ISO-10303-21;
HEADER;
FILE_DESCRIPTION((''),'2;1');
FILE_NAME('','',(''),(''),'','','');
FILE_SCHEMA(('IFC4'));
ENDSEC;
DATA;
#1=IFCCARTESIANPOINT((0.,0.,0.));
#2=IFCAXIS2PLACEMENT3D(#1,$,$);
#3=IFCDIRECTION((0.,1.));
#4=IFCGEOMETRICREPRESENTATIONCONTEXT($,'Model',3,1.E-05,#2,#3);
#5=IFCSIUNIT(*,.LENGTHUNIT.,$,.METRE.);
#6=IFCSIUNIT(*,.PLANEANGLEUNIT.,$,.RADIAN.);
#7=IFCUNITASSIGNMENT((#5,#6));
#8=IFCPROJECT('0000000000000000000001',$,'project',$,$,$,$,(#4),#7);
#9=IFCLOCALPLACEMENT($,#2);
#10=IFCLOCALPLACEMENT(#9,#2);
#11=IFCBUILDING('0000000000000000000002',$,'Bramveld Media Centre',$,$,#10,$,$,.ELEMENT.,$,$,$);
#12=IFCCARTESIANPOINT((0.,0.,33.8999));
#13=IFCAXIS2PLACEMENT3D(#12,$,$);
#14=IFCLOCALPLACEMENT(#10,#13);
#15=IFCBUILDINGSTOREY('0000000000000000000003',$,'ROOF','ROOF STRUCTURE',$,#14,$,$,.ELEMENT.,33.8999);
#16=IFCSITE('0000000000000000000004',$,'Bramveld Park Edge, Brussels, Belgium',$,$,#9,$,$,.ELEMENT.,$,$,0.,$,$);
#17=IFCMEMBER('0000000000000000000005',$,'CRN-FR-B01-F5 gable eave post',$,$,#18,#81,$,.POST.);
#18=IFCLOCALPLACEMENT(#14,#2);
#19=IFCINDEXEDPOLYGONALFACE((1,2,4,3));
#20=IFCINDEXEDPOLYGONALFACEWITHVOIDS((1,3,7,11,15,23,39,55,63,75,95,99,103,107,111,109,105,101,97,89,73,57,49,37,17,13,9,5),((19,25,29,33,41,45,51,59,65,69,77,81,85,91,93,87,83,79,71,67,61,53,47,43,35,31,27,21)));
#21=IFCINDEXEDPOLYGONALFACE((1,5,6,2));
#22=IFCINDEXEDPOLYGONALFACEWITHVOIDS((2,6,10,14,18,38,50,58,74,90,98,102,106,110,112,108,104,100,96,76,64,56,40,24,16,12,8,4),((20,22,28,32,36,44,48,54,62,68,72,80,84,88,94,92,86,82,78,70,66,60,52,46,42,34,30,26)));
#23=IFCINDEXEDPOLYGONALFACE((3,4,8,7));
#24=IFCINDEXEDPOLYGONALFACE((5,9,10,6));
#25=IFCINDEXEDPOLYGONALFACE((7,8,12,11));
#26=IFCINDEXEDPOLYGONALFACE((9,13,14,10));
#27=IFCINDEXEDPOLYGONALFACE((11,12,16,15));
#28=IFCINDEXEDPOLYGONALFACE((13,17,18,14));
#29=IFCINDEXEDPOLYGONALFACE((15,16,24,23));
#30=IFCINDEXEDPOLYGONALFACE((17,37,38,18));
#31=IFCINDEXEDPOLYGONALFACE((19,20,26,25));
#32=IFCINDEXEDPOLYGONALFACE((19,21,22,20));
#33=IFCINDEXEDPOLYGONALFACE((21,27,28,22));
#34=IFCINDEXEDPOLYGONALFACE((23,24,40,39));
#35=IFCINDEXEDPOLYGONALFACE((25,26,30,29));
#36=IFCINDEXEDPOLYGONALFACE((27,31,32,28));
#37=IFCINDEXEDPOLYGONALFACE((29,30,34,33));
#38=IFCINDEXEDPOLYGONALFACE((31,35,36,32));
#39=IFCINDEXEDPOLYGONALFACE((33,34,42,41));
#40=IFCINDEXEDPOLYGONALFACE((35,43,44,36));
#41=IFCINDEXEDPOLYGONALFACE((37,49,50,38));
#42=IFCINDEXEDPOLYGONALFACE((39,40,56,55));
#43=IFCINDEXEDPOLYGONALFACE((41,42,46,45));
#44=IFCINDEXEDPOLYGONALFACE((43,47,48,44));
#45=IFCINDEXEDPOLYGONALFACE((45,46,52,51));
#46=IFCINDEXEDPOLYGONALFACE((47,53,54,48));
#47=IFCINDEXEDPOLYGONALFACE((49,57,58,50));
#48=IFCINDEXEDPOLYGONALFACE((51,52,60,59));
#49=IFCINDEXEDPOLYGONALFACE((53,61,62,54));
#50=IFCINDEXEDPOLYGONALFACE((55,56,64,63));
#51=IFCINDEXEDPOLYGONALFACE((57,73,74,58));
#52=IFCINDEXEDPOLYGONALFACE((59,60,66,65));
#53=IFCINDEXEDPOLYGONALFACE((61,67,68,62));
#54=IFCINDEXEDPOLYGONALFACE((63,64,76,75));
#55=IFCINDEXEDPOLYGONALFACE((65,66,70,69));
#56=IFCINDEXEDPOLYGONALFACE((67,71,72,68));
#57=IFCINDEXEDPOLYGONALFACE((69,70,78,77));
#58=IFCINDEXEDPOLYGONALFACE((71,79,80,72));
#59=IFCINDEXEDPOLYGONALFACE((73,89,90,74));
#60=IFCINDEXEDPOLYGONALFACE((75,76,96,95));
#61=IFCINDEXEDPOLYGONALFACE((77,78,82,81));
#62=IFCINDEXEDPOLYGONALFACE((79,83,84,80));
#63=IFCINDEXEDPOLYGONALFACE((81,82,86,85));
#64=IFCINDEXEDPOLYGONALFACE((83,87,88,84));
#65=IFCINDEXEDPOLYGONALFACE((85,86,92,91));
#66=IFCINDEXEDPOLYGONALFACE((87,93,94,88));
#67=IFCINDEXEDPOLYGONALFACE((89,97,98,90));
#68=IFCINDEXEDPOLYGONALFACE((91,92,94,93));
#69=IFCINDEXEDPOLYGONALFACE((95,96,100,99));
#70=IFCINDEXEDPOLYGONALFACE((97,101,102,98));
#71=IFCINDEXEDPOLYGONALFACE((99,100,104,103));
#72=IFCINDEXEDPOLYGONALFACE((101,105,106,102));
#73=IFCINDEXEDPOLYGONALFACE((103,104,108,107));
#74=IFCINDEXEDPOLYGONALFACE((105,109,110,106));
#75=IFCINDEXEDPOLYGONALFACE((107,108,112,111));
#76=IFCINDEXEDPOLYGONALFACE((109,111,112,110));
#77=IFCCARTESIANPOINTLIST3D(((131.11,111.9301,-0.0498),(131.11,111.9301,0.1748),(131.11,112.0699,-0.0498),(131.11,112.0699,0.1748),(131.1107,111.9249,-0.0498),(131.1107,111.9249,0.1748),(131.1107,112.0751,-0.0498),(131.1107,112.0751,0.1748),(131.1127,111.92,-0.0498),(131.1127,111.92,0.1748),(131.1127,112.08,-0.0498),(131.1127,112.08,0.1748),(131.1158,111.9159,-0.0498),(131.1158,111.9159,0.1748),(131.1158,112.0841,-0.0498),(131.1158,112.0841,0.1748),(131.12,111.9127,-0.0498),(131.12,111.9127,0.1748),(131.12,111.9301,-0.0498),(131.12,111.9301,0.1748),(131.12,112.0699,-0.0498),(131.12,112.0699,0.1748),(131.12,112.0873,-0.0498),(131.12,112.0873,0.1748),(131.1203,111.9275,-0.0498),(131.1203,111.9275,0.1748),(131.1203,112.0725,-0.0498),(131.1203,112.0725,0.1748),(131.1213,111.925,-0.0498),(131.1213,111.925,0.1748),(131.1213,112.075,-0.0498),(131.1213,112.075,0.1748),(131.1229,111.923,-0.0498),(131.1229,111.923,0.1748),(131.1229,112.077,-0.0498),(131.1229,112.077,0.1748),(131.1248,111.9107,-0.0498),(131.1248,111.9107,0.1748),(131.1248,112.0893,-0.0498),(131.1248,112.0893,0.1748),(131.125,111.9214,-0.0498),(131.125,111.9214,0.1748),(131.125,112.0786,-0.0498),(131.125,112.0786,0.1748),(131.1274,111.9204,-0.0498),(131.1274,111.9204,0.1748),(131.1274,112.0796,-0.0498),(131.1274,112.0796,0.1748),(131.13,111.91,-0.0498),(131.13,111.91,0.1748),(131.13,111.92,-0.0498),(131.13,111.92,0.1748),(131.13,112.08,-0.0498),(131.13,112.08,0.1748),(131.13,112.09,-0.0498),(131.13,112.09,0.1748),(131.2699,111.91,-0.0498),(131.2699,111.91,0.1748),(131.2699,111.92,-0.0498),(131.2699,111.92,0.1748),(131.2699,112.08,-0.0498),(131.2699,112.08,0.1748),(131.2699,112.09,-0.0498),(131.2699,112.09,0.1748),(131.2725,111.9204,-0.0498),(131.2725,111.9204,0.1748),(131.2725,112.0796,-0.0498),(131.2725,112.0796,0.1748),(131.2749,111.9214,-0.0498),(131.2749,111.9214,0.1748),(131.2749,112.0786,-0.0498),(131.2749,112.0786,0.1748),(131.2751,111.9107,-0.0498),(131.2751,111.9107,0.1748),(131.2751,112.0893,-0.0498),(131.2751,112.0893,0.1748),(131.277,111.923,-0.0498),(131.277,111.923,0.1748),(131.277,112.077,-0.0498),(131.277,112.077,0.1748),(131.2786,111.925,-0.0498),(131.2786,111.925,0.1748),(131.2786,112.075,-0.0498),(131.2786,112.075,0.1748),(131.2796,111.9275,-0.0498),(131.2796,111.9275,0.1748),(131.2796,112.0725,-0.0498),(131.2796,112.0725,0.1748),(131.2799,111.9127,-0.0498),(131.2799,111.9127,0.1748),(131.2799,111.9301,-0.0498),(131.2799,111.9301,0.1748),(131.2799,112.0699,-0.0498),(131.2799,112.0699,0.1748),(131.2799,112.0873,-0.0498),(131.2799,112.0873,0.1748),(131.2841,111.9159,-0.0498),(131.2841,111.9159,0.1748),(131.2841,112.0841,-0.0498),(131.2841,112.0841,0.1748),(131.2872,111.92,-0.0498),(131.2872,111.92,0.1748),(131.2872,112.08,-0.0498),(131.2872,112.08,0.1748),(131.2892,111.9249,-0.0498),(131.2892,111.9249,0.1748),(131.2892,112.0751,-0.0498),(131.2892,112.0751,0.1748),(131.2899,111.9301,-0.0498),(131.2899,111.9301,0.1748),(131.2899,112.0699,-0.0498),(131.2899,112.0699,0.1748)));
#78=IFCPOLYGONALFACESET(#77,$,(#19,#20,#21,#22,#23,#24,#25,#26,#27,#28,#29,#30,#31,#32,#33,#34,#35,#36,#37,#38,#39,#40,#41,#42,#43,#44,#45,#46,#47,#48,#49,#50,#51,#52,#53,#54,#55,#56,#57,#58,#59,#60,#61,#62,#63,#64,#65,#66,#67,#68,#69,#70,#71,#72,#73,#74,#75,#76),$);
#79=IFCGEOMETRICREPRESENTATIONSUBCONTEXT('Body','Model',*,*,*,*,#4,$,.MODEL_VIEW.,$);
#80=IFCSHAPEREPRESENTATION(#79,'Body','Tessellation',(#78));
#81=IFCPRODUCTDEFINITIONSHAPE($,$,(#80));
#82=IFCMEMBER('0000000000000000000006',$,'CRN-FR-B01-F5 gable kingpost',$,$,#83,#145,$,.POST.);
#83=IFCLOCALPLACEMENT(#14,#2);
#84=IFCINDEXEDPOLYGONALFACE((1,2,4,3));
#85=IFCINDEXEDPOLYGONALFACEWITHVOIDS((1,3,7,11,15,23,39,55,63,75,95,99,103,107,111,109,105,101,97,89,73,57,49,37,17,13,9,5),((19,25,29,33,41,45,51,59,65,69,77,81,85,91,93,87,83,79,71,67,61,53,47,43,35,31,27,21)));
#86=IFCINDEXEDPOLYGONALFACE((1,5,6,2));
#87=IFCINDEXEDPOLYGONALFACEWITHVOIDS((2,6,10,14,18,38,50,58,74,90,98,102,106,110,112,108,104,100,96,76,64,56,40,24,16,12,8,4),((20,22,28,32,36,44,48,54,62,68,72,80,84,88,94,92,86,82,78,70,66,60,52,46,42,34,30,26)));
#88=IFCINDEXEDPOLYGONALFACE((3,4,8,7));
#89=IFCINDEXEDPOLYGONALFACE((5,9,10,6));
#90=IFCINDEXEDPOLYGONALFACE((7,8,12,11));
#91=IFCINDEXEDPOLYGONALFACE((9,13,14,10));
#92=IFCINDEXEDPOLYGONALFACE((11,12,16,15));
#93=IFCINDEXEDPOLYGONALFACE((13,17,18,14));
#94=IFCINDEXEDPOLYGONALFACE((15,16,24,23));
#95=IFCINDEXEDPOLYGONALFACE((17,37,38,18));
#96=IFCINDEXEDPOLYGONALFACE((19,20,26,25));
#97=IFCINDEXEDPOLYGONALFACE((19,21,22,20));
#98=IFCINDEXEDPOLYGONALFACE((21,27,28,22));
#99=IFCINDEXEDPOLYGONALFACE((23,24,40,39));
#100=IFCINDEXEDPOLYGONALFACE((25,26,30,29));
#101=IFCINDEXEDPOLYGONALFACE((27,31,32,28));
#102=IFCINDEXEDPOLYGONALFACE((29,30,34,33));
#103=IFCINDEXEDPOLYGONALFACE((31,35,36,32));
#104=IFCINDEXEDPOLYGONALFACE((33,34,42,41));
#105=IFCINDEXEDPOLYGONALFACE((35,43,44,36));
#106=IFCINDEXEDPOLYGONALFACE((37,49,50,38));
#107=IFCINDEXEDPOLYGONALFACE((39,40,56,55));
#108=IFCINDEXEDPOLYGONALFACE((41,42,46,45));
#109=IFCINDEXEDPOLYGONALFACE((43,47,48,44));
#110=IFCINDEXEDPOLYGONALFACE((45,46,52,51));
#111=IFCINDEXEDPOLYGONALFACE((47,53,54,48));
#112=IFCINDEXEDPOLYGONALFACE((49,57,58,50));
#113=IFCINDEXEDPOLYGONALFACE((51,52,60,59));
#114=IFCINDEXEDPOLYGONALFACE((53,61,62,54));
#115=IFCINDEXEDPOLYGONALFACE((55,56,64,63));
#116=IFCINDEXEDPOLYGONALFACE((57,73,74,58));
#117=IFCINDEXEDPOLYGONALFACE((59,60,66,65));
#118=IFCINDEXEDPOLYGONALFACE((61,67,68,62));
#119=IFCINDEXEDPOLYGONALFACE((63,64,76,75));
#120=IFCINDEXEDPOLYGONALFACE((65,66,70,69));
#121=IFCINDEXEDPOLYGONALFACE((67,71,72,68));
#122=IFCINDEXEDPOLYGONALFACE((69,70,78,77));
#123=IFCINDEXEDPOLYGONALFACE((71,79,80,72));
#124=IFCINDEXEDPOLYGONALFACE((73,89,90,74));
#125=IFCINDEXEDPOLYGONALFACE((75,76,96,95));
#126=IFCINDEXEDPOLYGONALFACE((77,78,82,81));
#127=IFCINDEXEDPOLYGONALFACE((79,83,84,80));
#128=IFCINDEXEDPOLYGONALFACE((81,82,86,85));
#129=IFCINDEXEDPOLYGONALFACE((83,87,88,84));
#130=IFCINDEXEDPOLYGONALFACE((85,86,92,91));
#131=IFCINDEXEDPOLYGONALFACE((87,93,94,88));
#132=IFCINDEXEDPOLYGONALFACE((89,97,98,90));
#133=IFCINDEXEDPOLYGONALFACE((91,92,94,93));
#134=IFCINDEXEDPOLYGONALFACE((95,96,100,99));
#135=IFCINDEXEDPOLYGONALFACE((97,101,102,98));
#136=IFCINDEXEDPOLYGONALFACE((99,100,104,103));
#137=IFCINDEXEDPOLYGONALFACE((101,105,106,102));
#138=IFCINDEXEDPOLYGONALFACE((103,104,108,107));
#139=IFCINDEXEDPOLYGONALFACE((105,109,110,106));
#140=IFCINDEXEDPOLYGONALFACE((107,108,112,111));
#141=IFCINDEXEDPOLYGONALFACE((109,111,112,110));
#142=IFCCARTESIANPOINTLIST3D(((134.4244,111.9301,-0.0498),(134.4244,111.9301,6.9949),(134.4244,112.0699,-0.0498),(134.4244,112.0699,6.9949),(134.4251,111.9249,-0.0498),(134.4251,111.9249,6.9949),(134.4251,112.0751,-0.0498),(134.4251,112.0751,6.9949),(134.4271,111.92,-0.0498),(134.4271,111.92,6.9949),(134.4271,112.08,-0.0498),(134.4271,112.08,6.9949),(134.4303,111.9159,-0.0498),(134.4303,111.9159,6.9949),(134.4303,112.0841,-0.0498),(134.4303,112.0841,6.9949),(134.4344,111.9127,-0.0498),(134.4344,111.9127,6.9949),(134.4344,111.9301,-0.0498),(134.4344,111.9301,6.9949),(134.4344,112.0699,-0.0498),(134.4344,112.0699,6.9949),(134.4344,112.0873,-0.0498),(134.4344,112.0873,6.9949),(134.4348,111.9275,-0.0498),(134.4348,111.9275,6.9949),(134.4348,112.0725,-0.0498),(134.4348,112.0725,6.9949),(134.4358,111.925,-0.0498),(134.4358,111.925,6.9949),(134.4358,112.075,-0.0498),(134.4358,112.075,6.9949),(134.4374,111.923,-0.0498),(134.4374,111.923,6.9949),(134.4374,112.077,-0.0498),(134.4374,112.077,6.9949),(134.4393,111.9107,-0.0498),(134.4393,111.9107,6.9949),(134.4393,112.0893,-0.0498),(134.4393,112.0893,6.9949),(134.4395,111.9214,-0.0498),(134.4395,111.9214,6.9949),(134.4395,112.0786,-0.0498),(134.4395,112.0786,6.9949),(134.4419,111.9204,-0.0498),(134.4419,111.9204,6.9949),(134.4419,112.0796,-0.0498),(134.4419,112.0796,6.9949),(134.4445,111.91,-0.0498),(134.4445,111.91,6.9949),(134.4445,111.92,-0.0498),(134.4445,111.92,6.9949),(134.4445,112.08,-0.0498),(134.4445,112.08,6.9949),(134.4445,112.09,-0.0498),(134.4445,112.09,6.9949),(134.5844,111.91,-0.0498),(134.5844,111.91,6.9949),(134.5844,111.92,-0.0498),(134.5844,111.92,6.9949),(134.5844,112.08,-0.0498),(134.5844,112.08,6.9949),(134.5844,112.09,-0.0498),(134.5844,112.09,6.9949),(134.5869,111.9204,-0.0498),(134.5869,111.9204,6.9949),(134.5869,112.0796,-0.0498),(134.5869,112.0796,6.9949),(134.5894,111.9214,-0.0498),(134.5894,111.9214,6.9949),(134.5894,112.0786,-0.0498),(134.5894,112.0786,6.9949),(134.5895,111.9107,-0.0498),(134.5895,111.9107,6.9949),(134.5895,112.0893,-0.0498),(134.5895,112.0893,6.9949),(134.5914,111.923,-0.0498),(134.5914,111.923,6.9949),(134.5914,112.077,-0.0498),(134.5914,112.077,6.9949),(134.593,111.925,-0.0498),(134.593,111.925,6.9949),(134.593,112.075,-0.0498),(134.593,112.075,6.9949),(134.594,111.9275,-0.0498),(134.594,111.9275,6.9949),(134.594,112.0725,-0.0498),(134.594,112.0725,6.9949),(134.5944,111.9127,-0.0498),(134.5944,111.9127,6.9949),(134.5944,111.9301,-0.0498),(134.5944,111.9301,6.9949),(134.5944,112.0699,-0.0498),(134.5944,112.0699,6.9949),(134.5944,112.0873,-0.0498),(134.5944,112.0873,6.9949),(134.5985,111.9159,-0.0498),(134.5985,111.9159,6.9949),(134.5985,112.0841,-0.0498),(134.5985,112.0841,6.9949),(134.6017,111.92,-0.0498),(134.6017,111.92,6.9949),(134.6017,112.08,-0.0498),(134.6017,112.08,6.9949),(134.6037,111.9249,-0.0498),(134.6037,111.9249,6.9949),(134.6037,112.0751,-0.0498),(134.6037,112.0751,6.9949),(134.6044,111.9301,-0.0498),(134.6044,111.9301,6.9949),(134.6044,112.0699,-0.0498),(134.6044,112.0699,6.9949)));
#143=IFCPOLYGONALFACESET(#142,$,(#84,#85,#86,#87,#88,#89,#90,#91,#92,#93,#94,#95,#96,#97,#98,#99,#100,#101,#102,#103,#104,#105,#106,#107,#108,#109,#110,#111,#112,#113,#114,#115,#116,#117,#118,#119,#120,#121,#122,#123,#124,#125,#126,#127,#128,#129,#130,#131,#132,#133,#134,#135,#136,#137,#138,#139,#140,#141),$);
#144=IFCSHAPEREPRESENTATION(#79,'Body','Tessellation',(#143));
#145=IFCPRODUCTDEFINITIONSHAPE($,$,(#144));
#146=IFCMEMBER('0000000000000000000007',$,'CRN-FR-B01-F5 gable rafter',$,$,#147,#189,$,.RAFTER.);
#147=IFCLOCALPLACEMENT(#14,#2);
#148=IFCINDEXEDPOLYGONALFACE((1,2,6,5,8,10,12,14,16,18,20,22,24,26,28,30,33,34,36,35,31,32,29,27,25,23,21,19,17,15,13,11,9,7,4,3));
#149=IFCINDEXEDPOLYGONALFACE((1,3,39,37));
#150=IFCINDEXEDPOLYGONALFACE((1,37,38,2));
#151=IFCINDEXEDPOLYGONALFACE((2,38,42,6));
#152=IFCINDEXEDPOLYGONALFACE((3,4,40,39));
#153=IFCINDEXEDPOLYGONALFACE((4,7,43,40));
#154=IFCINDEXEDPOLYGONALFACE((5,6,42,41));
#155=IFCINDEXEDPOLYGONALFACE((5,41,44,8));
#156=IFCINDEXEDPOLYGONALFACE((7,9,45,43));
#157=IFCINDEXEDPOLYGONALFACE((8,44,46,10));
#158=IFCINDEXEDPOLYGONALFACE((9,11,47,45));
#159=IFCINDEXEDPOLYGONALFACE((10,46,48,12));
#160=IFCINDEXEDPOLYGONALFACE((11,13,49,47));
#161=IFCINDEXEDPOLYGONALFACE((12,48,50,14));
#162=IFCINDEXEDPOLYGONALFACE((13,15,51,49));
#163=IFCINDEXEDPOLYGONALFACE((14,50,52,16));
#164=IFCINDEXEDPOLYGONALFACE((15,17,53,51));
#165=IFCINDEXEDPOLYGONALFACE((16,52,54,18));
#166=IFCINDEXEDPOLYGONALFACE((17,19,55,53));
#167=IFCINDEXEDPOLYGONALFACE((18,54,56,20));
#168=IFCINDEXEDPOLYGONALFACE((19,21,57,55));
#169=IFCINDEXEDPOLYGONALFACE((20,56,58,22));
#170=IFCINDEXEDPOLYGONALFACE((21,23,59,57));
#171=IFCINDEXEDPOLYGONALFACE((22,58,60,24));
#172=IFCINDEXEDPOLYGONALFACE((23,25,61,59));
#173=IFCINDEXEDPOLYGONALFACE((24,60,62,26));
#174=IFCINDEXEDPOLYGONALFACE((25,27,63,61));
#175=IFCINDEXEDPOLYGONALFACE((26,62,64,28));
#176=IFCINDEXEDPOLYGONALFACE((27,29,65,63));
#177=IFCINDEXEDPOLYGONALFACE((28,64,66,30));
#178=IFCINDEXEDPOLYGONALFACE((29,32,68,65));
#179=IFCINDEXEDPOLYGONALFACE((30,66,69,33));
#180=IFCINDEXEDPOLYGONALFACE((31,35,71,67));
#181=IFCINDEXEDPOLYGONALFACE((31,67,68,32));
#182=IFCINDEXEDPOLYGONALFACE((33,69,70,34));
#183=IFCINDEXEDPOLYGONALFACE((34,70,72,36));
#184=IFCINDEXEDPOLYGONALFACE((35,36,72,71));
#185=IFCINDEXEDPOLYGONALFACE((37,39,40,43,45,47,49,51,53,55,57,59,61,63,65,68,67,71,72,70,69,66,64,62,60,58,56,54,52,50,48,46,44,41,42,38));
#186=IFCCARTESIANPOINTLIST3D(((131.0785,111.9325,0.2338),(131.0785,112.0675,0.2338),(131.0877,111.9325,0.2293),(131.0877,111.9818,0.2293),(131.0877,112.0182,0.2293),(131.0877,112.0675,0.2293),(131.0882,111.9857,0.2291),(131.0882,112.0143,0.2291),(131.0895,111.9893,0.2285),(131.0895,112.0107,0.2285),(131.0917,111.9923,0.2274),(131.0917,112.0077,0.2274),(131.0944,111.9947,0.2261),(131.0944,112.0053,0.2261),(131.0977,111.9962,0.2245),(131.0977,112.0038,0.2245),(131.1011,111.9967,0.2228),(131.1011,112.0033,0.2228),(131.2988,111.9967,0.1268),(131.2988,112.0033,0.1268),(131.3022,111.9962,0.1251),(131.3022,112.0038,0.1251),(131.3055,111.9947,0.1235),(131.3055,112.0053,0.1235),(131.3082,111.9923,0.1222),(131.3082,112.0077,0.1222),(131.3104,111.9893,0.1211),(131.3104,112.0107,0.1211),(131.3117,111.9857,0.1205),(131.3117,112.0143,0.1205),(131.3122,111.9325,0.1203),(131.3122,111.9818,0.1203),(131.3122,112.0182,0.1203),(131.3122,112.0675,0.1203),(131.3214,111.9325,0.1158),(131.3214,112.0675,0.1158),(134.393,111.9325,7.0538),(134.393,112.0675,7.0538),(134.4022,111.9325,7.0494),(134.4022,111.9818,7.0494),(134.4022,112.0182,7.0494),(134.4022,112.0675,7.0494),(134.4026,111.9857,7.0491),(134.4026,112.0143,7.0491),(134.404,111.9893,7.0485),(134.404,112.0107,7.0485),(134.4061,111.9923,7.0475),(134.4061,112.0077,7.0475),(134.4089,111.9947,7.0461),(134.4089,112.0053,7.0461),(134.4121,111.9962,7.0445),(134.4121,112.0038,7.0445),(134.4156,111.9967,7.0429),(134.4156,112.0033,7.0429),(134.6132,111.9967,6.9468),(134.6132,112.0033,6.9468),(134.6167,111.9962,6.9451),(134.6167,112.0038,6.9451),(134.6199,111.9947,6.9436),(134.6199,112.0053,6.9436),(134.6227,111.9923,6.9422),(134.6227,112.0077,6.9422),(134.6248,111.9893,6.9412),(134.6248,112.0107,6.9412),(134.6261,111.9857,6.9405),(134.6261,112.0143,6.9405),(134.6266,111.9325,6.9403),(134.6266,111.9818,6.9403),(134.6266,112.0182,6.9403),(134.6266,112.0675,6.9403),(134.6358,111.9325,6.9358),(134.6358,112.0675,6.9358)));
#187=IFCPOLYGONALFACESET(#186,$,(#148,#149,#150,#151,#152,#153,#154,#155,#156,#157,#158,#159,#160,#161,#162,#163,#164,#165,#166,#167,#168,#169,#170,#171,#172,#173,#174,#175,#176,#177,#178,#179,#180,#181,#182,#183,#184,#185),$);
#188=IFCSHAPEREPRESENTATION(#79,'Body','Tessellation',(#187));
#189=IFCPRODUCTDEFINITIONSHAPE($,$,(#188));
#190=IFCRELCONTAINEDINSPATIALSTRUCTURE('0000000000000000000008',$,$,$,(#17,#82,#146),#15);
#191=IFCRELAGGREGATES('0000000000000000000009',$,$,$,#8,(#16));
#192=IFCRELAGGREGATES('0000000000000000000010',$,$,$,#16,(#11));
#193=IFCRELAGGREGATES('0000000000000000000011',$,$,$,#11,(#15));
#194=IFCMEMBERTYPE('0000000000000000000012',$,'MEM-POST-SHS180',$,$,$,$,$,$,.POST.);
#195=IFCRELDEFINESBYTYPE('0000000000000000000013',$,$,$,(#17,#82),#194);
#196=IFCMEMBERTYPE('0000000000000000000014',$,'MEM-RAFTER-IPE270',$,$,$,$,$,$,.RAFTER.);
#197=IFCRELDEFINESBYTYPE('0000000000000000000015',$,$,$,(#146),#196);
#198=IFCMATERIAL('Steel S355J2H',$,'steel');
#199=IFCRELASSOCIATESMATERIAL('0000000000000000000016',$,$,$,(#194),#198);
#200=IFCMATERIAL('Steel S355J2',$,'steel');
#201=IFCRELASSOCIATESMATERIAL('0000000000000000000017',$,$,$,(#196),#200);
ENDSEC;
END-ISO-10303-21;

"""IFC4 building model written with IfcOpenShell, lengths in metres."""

from ifc_helpers import new_model, si_unit, direction, frame, origin, origin_2d, place, context, subcontext, project, spatial, hollow_rectangle, i_section, extrude, material, material_profile, profile_set, type_object, element, save


model = new_model("IFC4")

# Units and contexts
model_context = context("Model", 3, precision=1e-05, world=origin(), true_north=direction((0.0, 1.0)))
body_context = subcontext(model_context, "Body", "Model", "MODEL_VIEW")
ifc_project = project(units=[si_unit("LENGTHUNIT", "METRE"), si_unit("PLANEANGLEUNIT", "RADIAN")], contexts=[model_context])

# Site, building, storey
site_placement = place(None, origin())
site = spatial("IfcSite", under=ifc_project, at=site_placement, Name="Bramveld Park Edge, Brussels, Belgium", CompositionType="ELEMENT", RefElevation=0.0)
building_placement = place(site_placement, origin())
building = spatial("IfcBuilding", under=site, at=building_placement, Name="Bramveld Media Centre", CompositionType="ELEMENT")
storey_placement = place(building_placement, frame((0.0, 0.0, 33.8999)))
storey = spatial("IfcBuildingStorey", under=building, at=storey_placement, Name="ROOF", Description="ROOF STRUCTURE", CompositionType="ELEMENT", Elevation=33.8999)

# Members
ifc_material_1 = material(Name="Steel S355J2H", Category="steel")
ifc_material_profile_1 = material_profile(ifc_material_1, hollow_rectangle(XDim=0.1799, YDim=0.1799, WallThickness=0.01, InnerFilletRadius=0.01, OuterFilletRadius=0.02, at=origin_2d()), Name="SHS 180x180x10")
ifc_profile_set_1 = profile_set([ifc_material_profile_1], Name="Steel S355J2H")
member_type_1 = type_object("IfcMemberType", Name="MEM-POST-SHS180", PredefinedType="POST", material=ifc_profile_set_1)
member_1_placement = place(storey_placement, frame((131.2, 112.0, -0.0498), z_axis=(0.0, 0.0, 1.0), x_axis=(1.0, 0.0, 0.0)))
element("IfcMember", 1, at=member_1_placement, inside=storey, type_object=member_type_1, Name="CRN-FR-B01-F5 gable eave post", PredefinedType="POST", context=body_context, shape_type="SweptSolid", body=[
    extrude(hollow_rectangle(XDim=0.1799, YDim=0.1799, WallThickness=0.01, InnerFilletRadius=0.01, OuterFilletRadius=0.02, at=origin_2d()), origin(), (0.0, 0.0, 1.0), 0.2246),
])
member_2_placement = place(storey_placement, frame((134.5144, 112.0, -0.0498), z_axis=(0.0, 0.0, 1.0), x_axis=(1.0, 0.0, 0.0)))
element("IfcMember", 2, at=member_2_placement, inside=storey, type_object=member_type_1, Name="CRN-FR-B01-F5 gable kingpost", PredefinedType="POST", context=body_context, shape_type="SweptSolid", body=[
    extrude(hollow_rectangle(XDim=0.1799, YDim=0.1799, WallThickness=0.01, InnerFilletRadius=0.01, OuterFilletRadius=0.02, at=origin_2d()), origin(), (0.0, 0.0, 1.0), 7.0447),
])
ifc_material_2 = material(Name="Steel S355J2", Category="steel")
ifc_material_profile_2 = material_profile(ifc_material_2, i_section(OverallWidth=0.135, OverallDepth=0.27, WebThickness=0.0066, FlangeThickness=0.0103, FilletRadius=0.0149, at=origin_2d()), Name="IPE 270")
ifc_profile_set_2 = profile_set([ifc_material_profile_2], Name="Steel S355J2")
member_type_2 = type_object("IfcMemberType", Name="MEM-RAFTER-IPE270", PredefinedType="RAFTER", material=ifc_profile_set_2)
member_3_placement = place(storey_placement, frame((131.2, 112.0, 0.1748), z_axis=(0.437101, 0.0, 0.899412), x_axis=(0.0, 1.0, 0.0)))
element("IfcMember", 3, at=member_3_placement, inside=storey, type_object=member_type_2, Name="CRN-FR-B01-F5 gable rafter", PredefinedType="RAFTER", context=body_context, shape_type="SweptSolid", body=[
    extrude(i_section(OverallWidth=0.135, OverallDepth=0.27, WebThickness=0.0066, FlangeThickness=0.0103, FilletRadius=0.0149, at=origin_2d()), origin(), (0.0, 0.0, 1.0), 7.5828),
])

save(model, "model.ifc")
